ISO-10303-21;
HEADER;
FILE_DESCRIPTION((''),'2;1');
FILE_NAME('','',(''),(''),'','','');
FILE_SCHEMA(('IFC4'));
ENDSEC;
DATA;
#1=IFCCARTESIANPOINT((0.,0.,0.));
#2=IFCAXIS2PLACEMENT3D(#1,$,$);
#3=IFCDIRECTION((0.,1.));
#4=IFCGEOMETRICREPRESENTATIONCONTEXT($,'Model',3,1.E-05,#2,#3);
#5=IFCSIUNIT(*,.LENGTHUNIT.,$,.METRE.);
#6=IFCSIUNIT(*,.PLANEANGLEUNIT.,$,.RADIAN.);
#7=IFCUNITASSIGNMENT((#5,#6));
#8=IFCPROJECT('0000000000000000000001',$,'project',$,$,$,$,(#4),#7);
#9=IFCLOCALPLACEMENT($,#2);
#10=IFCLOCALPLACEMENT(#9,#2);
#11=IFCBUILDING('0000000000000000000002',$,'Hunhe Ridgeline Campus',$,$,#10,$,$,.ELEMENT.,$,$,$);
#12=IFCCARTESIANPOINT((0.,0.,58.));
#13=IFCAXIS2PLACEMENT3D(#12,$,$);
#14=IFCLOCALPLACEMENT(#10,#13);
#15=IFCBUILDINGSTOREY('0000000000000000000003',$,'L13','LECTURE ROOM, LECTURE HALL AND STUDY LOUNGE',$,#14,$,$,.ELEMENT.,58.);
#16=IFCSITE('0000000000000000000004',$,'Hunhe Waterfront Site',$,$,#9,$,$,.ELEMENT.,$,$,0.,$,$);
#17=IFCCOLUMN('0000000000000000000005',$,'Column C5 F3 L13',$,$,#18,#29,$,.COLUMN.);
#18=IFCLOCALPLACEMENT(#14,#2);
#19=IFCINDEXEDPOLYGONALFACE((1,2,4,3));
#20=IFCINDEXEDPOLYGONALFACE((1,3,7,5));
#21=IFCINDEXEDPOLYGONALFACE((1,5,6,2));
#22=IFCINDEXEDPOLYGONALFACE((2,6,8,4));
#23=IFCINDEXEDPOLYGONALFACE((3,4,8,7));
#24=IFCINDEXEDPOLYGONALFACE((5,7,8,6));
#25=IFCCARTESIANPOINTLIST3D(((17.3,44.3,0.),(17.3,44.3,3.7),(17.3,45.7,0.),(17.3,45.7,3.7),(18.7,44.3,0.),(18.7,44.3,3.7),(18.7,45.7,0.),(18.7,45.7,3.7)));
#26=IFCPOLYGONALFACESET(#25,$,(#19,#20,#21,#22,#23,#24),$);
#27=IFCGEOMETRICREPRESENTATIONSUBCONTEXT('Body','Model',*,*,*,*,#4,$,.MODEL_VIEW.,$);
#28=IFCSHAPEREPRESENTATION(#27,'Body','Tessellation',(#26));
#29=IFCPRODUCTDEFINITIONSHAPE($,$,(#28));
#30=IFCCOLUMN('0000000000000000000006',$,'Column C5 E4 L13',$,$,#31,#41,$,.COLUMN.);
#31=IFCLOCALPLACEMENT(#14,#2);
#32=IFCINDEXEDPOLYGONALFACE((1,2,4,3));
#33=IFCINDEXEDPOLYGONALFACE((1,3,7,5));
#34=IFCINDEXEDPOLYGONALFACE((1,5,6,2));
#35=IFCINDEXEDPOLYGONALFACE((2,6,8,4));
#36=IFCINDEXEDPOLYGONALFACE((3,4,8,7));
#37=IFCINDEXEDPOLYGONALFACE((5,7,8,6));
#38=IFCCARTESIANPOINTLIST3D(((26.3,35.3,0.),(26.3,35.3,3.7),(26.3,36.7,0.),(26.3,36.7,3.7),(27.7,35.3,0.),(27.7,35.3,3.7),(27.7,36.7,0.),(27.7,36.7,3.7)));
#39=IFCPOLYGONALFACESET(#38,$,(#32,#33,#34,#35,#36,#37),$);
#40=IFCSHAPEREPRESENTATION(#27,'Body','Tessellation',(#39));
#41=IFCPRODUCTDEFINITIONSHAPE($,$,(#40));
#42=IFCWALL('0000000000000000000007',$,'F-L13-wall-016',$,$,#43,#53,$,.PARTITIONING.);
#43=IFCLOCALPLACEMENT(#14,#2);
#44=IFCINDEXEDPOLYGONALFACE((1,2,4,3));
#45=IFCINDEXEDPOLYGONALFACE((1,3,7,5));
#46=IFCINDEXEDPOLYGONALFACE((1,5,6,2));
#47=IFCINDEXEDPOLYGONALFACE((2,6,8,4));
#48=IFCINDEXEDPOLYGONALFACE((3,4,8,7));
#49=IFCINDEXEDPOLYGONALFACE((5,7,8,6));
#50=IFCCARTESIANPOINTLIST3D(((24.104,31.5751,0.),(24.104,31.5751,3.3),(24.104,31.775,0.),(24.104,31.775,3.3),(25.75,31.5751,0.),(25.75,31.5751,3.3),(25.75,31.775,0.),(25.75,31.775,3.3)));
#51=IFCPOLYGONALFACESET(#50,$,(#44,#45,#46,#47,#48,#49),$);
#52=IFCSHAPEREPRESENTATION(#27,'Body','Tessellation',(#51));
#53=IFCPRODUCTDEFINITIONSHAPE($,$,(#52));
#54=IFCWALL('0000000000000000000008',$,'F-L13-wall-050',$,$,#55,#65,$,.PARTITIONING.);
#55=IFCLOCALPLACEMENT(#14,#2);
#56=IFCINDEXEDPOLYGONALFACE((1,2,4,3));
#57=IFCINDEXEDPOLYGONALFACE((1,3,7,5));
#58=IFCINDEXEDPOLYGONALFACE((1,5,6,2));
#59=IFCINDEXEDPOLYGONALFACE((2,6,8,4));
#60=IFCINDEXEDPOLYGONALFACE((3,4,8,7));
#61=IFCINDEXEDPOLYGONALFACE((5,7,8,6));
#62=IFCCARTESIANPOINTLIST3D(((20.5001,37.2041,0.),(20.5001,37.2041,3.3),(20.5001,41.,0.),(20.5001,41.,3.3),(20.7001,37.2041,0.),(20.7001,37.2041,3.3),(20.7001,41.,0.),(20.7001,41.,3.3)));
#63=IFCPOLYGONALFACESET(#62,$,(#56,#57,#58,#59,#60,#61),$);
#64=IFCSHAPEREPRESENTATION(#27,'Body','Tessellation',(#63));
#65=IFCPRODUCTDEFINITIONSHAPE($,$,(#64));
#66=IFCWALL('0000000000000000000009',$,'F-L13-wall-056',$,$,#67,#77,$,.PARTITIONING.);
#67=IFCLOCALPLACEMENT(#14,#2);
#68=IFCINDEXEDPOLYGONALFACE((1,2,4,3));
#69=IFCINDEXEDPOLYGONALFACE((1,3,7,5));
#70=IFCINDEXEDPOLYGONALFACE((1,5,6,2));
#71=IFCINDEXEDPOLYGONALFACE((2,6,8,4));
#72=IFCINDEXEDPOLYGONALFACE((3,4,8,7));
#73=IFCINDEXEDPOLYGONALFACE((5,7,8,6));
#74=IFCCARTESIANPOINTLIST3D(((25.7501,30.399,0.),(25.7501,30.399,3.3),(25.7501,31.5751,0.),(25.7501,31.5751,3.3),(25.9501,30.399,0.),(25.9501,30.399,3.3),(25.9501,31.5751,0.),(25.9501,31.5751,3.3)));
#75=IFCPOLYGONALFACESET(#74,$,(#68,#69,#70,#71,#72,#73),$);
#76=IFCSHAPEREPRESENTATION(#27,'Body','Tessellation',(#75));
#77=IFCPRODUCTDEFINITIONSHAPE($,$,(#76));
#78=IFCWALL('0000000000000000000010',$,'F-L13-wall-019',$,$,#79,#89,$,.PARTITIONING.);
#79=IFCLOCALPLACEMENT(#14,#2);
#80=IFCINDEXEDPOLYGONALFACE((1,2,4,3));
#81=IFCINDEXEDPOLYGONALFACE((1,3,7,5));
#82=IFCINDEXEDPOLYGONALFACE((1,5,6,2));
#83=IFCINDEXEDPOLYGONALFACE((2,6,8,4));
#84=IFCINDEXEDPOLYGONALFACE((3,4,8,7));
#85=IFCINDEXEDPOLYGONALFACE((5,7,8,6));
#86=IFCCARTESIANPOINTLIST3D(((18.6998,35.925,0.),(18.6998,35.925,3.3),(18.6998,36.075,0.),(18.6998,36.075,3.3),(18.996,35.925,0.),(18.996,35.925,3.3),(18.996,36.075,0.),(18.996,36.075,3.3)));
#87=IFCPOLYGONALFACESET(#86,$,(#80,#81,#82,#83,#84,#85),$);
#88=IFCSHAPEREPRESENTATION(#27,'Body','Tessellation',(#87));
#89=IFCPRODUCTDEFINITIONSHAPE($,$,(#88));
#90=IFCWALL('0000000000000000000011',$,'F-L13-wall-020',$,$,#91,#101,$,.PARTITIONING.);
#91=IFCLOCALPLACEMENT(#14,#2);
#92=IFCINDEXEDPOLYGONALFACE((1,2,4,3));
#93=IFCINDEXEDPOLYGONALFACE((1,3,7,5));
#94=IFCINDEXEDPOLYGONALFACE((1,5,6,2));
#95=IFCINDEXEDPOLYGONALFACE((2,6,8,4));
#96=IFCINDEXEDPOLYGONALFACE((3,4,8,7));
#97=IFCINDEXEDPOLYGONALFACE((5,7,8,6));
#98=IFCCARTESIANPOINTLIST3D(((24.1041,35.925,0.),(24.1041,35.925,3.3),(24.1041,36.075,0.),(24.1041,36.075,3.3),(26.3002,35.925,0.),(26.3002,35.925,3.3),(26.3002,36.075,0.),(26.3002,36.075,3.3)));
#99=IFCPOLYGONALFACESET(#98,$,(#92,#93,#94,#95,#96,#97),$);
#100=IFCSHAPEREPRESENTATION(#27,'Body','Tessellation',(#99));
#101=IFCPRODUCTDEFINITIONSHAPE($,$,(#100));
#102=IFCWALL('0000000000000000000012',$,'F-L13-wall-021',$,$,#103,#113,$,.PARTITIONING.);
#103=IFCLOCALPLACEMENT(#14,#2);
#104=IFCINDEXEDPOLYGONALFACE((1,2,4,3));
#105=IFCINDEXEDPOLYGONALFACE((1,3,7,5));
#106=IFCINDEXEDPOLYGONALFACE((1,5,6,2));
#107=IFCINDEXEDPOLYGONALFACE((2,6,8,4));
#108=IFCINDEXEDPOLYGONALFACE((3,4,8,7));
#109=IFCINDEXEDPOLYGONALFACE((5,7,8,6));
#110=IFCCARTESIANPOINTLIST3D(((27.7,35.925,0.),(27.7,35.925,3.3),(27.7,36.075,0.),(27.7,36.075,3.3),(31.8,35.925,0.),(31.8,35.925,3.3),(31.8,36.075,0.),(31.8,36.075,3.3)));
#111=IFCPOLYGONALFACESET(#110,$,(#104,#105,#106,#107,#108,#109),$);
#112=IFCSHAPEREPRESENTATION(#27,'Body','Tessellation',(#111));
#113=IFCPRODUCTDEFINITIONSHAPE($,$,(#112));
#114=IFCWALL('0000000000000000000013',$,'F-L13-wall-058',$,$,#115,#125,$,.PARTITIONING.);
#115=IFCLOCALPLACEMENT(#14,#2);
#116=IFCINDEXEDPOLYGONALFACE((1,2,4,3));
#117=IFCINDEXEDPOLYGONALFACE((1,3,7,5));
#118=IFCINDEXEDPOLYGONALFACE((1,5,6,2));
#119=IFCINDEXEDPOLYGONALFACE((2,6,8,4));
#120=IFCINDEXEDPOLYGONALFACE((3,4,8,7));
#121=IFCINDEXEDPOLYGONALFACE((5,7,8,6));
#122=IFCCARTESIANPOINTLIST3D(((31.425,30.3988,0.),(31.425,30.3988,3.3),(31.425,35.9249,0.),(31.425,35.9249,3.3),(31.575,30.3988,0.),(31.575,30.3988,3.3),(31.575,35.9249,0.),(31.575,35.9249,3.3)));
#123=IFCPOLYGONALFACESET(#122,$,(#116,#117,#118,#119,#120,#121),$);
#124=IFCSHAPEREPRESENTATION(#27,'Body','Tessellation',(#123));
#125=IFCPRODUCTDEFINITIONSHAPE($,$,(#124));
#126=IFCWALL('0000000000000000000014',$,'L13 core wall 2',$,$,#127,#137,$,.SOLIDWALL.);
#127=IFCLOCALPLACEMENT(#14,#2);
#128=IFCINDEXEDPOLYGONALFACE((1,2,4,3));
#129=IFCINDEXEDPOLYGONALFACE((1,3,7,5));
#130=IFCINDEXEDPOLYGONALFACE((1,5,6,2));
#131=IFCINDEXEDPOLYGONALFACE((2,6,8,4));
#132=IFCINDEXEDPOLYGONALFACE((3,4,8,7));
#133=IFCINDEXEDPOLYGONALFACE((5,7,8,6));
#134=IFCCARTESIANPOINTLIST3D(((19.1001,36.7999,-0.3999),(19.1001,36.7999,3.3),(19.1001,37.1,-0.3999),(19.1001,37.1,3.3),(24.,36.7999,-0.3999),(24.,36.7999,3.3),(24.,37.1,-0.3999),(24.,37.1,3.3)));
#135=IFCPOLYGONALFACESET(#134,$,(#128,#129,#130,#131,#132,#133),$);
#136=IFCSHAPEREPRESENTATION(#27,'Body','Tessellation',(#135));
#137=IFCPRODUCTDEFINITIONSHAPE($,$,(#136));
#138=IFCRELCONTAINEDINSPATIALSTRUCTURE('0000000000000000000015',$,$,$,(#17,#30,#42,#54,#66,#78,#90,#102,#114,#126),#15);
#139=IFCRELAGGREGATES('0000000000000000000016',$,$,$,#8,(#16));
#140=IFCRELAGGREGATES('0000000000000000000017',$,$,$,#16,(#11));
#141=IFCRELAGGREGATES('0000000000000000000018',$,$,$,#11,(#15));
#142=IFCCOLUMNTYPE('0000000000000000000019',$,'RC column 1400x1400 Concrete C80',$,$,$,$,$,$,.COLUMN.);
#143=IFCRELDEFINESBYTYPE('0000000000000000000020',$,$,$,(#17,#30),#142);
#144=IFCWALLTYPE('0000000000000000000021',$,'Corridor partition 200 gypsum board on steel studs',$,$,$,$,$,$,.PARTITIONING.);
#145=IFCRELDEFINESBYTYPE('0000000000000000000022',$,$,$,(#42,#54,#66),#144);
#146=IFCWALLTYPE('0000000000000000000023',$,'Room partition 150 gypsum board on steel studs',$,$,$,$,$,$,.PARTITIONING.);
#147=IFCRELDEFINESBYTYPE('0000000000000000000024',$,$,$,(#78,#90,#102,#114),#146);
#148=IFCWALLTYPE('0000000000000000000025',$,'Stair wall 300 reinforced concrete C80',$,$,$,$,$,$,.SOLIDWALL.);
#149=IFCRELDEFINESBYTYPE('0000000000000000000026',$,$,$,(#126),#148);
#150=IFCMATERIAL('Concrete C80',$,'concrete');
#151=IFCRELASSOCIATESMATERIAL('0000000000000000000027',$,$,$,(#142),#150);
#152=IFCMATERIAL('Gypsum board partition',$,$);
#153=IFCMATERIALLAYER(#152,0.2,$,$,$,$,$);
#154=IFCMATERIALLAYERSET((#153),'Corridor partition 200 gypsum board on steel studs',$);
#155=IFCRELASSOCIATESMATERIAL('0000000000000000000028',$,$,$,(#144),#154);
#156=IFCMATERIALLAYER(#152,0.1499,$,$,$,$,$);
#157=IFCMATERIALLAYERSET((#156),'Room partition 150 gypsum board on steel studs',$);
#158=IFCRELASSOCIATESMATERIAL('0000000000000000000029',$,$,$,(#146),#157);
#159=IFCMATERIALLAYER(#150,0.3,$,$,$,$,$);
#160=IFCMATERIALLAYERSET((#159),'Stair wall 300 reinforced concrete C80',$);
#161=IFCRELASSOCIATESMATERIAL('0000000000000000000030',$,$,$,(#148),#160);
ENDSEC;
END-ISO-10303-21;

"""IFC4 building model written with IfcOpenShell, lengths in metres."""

from ifc_helpers import new_model, si_unit, direction, frame, frame_2d, origin, origin_2d, place, context, subcontext, project, spatial, rectangle, extrude, material, layer, layer_set, material_profile, profile_set, type_object, element, save


model = new_model("IFC4")

# Units and contexts
model_context = context("Model", 3, precision=1e-05, world=origin(), true_north=direction((0.0, 1.0)))
body_context = subcontext(model_context, "Body", "Model", "MODEL_VIEW")
ifc_project = project(units=[si_unit("LENGTHUNIT", "METRE"), si_unit("PLANEANGLEUNIT", "RADIAN")], contexts=[model_context])

# Site, building, storey
site_placement = place(None, origin())
site = spatial("IfcSite", under=ifc_project, at=site_placement, Name="Hunhe Waterfront Site", CompositionType="ELEMENT", RefElevation=0.0)
building_placement = place(site_placement, origin())
building = spatial("IfcBuilding", under=site, at=building_placement, Name="Hunhe Ridgeline Campus", CompositionType="ELEMENT")
storey_placement = place(building_placement, frame((0.0, 0.0, 58.0)))
storey = spatial("IfcBuildingStorey", under=building, at=storey_placement, Name="L13", Description="LECTURE ROOM, LECTURE HALL AND STUDY LOUNGE", CompositionType="ELEMENT", Elevation=58.0)

# Columns
ifc_material_1 = material(Name="Concrete C80", Category="concrete")
ifc_material_profile = material_profile(ifc_material_1, rectangle(XDim=1.3999, YDim=1.3999, at=origin_2d()))
ifc_profile_set = profile_set([ifc_material_profile], Name="Concrete C80")
column_type = type_object("IfcColumnType", Name="RC column 1400x1400 Concrete C80", PredefinedType="COLUMN", material=ifc_profile_set)
for number, where, z_axis, x_axis, name in (
    (1, (18.0, 45.0, 0.0), (0.0, 0.0, 1.0), (1.0, 0.0, 0.0), "Column C5 F3 L13"),
    (2, (27.0, 36.0, 0.0), (0.0, 0.0, 1.0), (1.0, 0.0, 0.0), "Column C5 E4 L13"),
):
    element("IfcColumn", number, at=place(storey_placement, frame(where, z_axis=z_axis, x_axis=x_axis)), inside=storey, type_object=column_type, Name=name, PredefinedType="COLUMN", context=body_context, shape_type="SweptSolid", body=[
        extrude(rectangle(XDim=1.3999, YDim=1.3999, at=origin_2d()), origin(), (0.0, 0.0, 1.0), 3.7),
    ])

# Wall
ifc_material_2 = material(Name="Gypsum board partition")
ifc_layer_1 = layer(ifc_material_2, 0.2)
ifc_layer_set_1 = layer_set([ifc_layer_1], Name="Corridor partition 200 gypsum board on steel studs")
wall_type_1 = type_object("IfcWallType", Name="Corridor partition 200 gypsum board on steel studs", PredefinedType="PARTITIONING", material=ifc_layer_set_1)
wall_1_placement = place(storey_placement, frame((24.104, 31.675, 0.0), z_axis=(0.0, 0.0, 1.0), x_axis=(1.0, 0.0, 0.0)))
element("IfcWall", 3, at=wall_1_placement, inside=storey, type_object=wall_type_1, Name="F-L13-wall-016", PredefinedType="PARTITIONING", context=body_context, shape_type="SweptSolid", body=[
    extrude(rectangle(XDim=1.646, YDim=0.2, at=frame_2d((0.823, 0.0))), origin(), (0.0, 0.0, 1.0), 3.3),
])

# Wall
wall_2_placement = place(storey_placement, frame((20.6001, 37.2041, 0.0), z_axis=(0.0, 0.0, 1.0), x_axis=(0.0, 1.0, 0.0)))
element("IfcWall", 4, at=wall_2_placement, inside=storey, type_object=wall_type_1, Name="F-L13-wall-050", PredefinedType="PARTITIONING", context=body_context, shape_type="SweptSolid", body=[
    extrude(rectangle(XDim=3.7959, YDim=0.2, at=frame_2d((1.8979, 0.0))), origin(), (0.0, 0.0, 1.0), 3.3),
])

# Wall
wall_3_placement = place(storey_placement, frame((25.8501, 31.575, 0.0), z_axis=(0.0, 0.0, 1.0), x_axis=(0.0, -1.0, 0.0)))
element("IfcWall", 5, at=wall_3_placement, inside=storey, type_object=wall_type_1, Name="F-L13-wall-056", PredefinedType="PARTITIONING", context=body_context, shape_type="SweptSolid", body=[
    extrude(rectangle(XDim=1.176, YDim=0.2, at=frame_2d((0.5879, 0.0))), origin(), (0.0, 0.0, 1.0), 3.3),
])

# Walls
ifc_layer_2 = layer(ifc_material_2, 0.1499)
ifc_layer_set_2 = layer_set([ifc_layer_2], Name="Room partition 150 gypsum board on steel studs")
wall_type_2 = type_object("IfcWallType", Name="Room partition 150 gypsum board on steel studs", PredefinedType="PARTITIONING", material=ifc_layer_set_2)
wall_4_placement = place(storey_placement, frame((18.7, 36.0, 0.0), z_axis=(0.0, 0.0, 1.0), x_axis=(1.0, 0.0, 0.0)))
element("IfcWall", 6, at=wall_4_placement, inside=storey, type_object=wall_type_2, Name="F-L13-wall-019", PredefinedType="PARTITIONING", context=body_context, shape_type="SweptSolid", body=[
    extrude(rectangle(XDim=0.2961, YDim=0.1499, at=frame_2d((0.1479, 0.0))), origin(), (0.0, 0.0, 1.0), 3.3),
])
wall_5_placement = place(storey_placement, frame((24.104, 36.0, 0.0), z_axis=(0.0, 0.0, 1.0), x_axis=(1.0, 0.0, 0.0)))
element("IfcWall", 7, at=wall_5_placement, inside=storey, type_object=wall_type_2, Name="F-L13-wall-020", PredefinedType="PARTITIONING", context=body_context, shape_type="SweptSolid", body=[
    extrude(rectangle(XDim=2.196, YDim=0.1499, at=frame_2d((1.0981, 0.0))), origin(), (0.0, 0.0, 1.0), 3.3),
])
wall_6_placement = place(storey_placement, frame((27.7, 36.0, 0.0), z_axis=(0.0, 0.0, 1.0), x_axis=(1.0, 0.0, 0.0)))
element("IfcWall", 8, at=wall_6_placement, inside=storey, type_object=wall_type_2, Name="F-L13-wall-021", PredefinedType="PARTITIONING", context=body_context, shape_type="SweptSolid", body=[
    extrude(rectangle(XDim=4.1001, YDim=0.1499, at=frame_2d((2.05, 0.0))), origin(), (0.0, 0.0, 1.0), 3.3),
])
wall_7_placement = place(storey_placement, frame((31.5, 35.925, 0.0), z_axis=(0.0, 0.0, 1.0), x_axis=(0.0, -1.0, 0.0)))
element("IfcWall", 9, at=wall_7_placement, inside=storey, type_object=wall_type_2, Name="F-L13-wall-058", PredefinedType="PARTITIONING", context=body_context, shape_type="SweptSolid", body=[
    extrude(rectangle(XDim=5.5261, YDim=0.1499, at=frame_2d((2.7632, 0.0))), origin(), (0.0, 0.0, 1.0), 3.3),
])
ifc_layer_3 = layer(ifc_material_1, 0.3)
ifc_layer_set_3 = layer_set([ifc_layer_3], Name="Stair wall 300 reinforced concrete C80")
wall_type_3 = type_object("IfcWallType", Name="Stair wall 300 reinforced concrete C80", PredefinedType="SOLIDWALL", material=ifc_layer_set_3)
wall_8_placement = place(storey_placement, frame((19.1001, 36.95, -0.3999), z_axis=(0.0, 0.0, 1.0), x_axis=(1.0, 0.0, 0.0)))
element("IfcWall", 10, at=wall_8_placement, inside=storey, type_object=wall_type_3, Name="L13 core wall 2", PredefinedType="SOLIDWALL", context=body_context, shape_type="SweptSolid", body=[
    extrude(rectangle(XDim=4.8999, YDim=0.3, at=frame_2d((2.45, 0.0))), origin(), (0.0, 0.0, 1.0), 3.7),
])

save(model, "model.ifc")
